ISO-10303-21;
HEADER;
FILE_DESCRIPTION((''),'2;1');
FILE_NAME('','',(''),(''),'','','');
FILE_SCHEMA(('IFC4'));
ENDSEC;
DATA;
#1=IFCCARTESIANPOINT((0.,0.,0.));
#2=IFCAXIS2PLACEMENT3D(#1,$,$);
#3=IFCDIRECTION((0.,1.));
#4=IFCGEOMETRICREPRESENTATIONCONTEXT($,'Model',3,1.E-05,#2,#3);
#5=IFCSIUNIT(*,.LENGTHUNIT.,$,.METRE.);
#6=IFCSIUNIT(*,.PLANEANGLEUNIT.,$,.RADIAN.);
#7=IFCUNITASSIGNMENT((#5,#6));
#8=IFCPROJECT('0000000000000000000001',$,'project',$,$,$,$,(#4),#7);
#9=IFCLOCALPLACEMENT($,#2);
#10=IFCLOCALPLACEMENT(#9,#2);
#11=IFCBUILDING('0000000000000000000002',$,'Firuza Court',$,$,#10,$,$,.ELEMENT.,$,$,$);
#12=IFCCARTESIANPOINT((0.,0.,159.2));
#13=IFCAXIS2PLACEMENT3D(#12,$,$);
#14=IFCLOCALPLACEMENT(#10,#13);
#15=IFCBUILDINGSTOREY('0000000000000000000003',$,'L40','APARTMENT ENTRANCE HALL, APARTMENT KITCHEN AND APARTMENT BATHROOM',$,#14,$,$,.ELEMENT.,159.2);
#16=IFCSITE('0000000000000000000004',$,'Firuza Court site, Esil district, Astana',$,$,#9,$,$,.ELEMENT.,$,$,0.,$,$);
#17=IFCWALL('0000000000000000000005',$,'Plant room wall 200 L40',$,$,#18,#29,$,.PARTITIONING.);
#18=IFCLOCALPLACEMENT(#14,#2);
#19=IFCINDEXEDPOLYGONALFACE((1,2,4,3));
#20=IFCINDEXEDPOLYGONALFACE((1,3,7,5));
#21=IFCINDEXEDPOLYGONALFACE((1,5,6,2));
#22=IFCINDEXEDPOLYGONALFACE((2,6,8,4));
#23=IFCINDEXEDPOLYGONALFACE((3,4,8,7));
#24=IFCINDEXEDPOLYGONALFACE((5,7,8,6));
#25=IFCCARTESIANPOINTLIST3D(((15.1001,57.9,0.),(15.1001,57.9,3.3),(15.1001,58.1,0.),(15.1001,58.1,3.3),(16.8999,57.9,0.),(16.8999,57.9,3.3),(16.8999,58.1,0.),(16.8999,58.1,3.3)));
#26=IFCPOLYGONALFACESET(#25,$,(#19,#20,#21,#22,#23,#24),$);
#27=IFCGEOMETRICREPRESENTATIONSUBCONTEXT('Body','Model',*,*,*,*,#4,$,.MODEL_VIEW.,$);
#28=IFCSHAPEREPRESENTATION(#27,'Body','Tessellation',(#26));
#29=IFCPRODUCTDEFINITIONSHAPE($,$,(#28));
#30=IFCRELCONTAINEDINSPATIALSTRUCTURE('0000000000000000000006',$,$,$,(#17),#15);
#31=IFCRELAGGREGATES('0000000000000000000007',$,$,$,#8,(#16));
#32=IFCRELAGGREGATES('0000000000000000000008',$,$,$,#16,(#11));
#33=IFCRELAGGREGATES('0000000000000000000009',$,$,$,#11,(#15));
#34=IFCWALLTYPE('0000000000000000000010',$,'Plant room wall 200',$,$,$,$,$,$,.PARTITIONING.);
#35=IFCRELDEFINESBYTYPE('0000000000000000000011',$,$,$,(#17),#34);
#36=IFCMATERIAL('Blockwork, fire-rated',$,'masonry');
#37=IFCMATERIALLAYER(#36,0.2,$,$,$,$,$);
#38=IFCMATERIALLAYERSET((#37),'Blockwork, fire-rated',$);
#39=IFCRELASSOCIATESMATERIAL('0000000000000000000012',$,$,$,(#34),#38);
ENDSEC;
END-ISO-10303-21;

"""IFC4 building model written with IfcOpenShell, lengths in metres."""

from ifc_helpers import new_model, si_unit, direction, frame, frame_2d, origin, place, context, subcontext, project, spatial, rectangle, extrude, material, layer, layer_set, type_object, element, save


model = new_model("IFC4")

# Units and contexts
model_context = context("Model", 3, precision=1e-05, world=origin(), true_north=direction((0.0, 1.0)))
body_context = subcontext(model_context, "Body", "Model", "MODEL_VIEW")
ifc_project = project(units=[si_unit("LENGTHUNIT", "METRE"), si_unit("PLANEANGLEUNIT", "RADIAN")], contexts=[model_context])

# Site, building, storey
site_placement = place(None, origin())
site = spatial("IfcSite", under=ifc_project, at=site_placement, Name="Firuza Court site, Esil district, Astana", CompositionType="ELEMENT", RefElevation=0.0)
building_placement = place(site_placement, origin())
building = spatial("IfcBuilding", under=site, at=building_placement, Name="Firuza Court", CompositionType="ELEMENT")
storey_placement = place(building_placement, frame((0.0, 0.0, 159.2)))
storey = spatial("IfcBuildingStorey", under=building, at=storey_placement, Name="L40", Description="APARTMENT ENTRANCE HALL, APARTMENT KITCHEN AND APARTMENT BATHROOM", CompositionType="ELEMENT", Elevation=159.2)

# Shared definitions
ifc_material_1 = material(Name="Blockwork, fire-rated", Category="masonry")
ifc_layer_1 = layer(ifc_material_1, 0.2)
ifc_layer_set_1 = layer_set([ifc_layer_1], Name="Blockwork, fire-rated")
wall_type_1 = type_object("IfcWallType", Name="Plant room wall 200", PredefinedType="PARTITIONING", material=ifc_layer_set_1)

# Wall
wall_1_placement = place(storey_placement, frame((15.1001, 58.0, 0.0), z_axis=(0.0, 0.0, 1.0), x_axis=(1.0, 0.0, 0.0)))
element("IfcWall", 1, at=wall_1_placement, inside=storey, type_object=wall_type_1, Name="Plant room wall 200 L40", PredefinedType="PARTITIONING", context=body_context, shape_type="SweptSolid", body=[
    extrude(rectangle(XDim=1.7998, YDim=0.2, at=frame_2d((0.8999, 0.0))), origin(), (0.0, 0.0, 1.0), 3.3),
])

save(model, "model.ifc")
